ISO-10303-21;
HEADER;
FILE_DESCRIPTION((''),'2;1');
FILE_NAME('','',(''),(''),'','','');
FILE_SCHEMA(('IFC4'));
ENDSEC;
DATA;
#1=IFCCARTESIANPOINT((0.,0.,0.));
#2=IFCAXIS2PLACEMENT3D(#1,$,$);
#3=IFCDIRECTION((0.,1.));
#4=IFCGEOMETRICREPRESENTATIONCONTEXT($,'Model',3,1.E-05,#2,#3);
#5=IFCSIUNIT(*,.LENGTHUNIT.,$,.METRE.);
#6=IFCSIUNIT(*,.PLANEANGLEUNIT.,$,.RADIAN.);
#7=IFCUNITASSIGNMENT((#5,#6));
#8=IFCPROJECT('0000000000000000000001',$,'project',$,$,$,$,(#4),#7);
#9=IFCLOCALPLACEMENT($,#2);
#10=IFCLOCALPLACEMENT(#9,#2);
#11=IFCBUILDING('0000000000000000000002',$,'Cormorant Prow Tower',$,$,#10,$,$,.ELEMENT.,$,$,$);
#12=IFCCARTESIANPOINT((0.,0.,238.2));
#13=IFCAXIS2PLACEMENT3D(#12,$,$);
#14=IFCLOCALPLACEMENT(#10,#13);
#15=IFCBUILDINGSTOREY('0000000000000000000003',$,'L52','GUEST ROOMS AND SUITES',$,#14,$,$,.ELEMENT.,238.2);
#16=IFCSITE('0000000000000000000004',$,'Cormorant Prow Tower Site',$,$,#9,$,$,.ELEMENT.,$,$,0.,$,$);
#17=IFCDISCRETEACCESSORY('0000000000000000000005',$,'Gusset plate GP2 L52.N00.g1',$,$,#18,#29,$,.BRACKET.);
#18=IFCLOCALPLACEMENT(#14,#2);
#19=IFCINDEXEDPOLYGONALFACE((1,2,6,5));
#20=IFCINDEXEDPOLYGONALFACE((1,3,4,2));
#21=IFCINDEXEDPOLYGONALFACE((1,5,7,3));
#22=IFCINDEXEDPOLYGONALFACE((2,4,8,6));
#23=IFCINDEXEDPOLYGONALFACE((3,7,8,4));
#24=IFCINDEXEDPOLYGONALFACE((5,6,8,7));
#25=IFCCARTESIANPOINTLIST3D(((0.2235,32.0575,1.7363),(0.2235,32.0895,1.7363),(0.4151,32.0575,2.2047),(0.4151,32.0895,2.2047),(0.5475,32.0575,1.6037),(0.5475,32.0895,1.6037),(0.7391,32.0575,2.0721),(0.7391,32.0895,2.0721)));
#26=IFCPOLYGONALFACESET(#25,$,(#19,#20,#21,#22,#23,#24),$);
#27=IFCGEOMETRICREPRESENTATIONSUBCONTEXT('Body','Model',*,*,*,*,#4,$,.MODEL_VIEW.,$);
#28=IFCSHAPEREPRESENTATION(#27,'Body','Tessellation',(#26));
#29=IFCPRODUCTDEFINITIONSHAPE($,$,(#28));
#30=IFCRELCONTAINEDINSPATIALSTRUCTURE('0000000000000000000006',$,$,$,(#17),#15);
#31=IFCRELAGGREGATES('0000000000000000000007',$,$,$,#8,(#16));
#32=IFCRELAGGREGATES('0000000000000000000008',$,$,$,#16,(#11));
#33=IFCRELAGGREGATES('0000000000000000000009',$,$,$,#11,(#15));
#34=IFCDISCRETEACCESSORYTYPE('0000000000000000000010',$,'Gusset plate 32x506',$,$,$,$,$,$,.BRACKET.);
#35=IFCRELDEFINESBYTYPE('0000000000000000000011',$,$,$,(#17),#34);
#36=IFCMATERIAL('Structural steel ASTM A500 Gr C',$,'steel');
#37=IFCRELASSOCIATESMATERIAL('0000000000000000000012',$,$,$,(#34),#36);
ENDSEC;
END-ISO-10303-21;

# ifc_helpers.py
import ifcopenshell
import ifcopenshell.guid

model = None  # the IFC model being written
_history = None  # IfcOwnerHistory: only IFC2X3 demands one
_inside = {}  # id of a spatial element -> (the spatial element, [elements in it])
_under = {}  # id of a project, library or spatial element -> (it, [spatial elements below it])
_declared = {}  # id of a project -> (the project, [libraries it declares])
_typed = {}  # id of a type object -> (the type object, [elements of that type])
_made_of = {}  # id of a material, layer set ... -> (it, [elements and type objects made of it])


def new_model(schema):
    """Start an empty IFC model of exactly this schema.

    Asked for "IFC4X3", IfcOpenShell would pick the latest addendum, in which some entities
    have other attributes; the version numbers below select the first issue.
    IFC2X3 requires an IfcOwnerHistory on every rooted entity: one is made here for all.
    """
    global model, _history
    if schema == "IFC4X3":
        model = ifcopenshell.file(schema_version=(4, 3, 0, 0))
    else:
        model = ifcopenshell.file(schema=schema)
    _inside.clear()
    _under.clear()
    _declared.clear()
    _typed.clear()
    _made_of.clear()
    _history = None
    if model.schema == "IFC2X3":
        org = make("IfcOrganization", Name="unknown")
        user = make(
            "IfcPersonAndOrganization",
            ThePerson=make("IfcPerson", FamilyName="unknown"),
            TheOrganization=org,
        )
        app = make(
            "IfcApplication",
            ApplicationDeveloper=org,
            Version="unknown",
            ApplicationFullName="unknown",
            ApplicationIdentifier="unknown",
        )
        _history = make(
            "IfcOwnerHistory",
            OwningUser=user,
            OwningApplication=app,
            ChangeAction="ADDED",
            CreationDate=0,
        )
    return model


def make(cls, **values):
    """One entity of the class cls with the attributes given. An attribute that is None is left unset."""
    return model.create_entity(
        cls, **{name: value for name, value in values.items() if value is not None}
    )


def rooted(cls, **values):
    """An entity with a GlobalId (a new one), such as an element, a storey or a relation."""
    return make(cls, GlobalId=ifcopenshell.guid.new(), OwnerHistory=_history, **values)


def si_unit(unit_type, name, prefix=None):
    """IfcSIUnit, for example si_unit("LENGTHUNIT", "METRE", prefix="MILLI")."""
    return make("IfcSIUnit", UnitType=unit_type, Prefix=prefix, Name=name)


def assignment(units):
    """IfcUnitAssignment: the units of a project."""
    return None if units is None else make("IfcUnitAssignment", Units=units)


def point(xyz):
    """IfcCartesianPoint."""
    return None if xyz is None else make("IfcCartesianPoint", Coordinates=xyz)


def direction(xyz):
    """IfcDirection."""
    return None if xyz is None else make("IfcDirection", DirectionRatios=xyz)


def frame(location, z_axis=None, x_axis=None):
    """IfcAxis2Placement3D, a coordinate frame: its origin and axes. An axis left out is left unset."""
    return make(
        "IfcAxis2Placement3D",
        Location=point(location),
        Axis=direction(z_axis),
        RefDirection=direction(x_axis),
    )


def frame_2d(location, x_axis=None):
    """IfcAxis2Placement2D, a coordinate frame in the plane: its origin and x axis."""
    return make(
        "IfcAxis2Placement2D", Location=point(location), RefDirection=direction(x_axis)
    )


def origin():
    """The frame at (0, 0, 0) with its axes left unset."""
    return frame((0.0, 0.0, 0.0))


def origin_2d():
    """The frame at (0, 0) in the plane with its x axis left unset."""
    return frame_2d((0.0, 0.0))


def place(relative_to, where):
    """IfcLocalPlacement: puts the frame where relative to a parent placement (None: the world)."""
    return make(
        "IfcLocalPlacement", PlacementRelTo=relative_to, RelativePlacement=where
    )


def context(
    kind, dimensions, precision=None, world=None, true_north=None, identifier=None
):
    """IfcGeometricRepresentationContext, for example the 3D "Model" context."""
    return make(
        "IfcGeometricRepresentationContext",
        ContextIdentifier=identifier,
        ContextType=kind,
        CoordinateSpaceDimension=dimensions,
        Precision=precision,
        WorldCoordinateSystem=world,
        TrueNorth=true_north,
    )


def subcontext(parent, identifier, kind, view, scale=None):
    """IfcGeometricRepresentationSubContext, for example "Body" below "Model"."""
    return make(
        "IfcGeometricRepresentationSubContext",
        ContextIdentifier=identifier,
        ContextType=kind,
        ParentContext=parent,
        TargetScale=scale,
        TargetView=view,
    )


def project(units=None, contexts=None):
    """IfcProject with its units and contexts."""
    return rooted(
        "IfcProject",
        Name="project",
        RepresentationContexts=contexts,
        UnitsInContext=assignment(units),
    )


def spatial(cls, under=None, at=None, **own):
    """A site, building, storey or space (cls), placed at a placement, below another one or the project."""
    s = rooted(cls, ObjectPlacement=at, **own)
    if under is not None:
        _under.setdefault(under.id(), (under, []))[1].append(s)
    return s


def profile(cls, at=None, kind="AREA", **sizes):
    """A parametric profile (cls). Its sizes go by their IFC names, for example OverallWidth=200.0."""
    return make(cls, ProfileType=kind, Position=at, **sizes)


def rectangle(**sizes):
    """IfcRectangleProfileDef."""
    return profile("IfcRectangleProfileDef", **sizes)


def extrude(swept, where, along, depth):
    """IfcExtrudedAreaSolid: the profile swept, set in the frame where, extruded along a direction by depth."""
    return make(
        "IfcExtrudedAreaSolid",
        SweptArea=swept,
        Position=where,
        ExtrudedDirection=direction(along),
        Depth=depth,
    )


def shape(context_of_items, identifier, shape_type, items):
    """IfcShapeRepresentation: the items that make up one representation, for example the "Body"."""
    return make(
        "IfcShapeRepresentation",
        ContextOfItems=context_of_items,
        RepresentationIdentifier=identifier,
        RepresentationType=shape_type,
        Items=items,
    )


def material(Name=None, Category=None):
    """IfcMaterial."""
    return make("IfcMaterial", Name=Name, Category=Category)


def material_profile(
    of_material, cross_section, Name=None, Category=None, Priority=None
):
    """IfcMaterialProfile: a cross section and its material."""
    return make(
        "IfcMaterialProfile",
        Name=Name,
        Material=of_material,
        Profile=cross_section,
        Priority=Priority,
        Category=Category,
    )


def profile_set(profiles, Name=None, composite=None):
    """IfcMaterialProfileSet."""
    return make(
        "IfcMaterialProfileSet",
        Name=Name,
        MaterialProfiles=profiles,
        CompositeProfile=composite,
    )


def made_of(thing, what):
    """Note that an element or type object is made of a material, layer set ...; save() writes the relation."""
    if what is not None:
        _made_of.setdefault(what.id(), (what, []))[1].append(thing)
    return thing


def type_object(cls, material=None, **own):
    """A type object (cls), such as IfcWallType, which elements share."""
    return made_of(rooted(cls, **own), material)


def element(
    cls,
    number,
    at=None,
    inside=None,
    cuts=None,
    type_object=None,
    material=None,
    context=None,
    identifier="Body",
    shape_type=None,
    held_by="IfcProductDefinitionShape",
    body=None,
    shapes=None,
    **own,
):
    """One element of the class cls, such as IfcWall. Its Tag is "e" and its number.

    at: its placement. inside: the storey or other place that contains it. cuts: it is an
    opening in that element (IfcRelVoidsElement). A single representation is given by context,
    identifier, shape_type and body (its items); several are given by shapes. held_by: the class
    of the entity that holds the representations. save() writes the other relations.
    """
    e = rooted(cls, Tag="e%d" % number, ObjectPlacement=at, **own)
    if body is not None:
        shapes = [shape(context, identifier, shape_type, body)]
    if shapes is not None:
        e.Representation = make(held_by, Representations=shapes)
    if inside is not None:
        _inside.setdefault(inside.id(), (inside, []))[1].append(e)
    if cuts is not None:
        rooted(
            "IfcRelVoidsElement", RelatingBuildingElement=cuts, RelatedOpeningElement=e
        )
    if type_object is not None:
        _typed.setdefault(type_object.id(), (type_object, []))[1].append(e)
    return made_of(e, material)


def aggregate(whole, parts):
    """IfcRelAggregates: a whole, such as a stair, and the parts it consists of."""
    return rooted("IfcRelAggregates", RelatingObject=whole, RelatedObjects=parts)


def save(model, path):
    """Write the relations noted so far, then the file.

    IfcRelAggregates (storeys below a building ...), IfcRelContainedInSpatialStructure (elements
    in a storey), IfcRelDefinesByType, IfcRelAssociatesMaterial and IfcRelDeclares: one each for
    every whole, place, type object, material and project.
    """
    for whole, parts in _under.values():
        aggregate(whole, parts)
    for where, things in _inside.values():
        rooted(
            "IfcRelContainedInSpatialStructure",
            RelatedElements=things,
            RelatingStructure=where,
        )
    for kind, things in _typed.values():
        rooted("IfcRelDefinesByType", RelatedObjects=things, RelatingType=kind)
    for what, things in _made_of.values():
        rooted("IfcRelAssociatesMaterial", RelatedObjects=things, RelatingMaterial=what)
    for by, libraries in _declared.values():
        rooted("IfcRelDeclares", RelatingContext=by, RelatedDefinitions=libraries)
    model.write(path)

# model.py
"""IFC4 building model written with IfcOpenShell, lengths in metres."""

from ifc_helpers import new_model, si_unit, direction, frame, origin, origin_2d, place, context, subcontext, project, spatial, rectangle, extrude, material, material_profile, profile_set, type_object, element, save


model = new_model("IFC4")

# Units and contexts
model_context = context("Model", 3, precision=1e-05, world=origin(), true_north=direction((0.0, 1.0)))
body_context = subcontext(model_context, "Body", "Model", "MODEL_VIEW")
ifc_project = project(units=[si_unit("LENGTHUNIT", "METRE"), si_unit("PLANEANGLEUNIT", "RADIAN")], contexts=[model_context])

# Site, building, storey
site_placement = place(None, origin())
site = spatial("IfcSite", under=ifc_project, at=site_placement, Name="Cormorant Prow Tower Site", CompositionType="ELEMENT", RefElevation=0.0)
building_placement = place(site_placement, origin())
building = spatial("IfcBuilding", under=site, at=building_placement, Name="Cormorant Prow Tower", CompositionType="ELEMENT")
storey_placement = place(building_placement, frame((0.0, 0.0, 238.2)))
storey = spatial("IfcBuildingStorey", under=building, at=storey_placement, Name="L52", Description="GUEST ROOMS AND SUITES", CompositionType="ELEMENT", Elevation=238.2)

# Discrete accessory
ifc_material_1 = material(Name="Structural steel ASTM A500 Gr C", Category="steel")
ifc_material_profile_1 = material_profile(ifc_material_1, rectangle(XDim=0.032, YDim=0.5061, at=origin_2d()), Name="Gusset plate 32x506")
ifc_profile_set_1 = profile_set([ifc_material_profile_1], Name="Structural steel ASTM A500 Gr C")
discrete_accessory_type = type_object("IfcDiscreteAccessoryType", Name="Gusset plate 32x506", PredefinedType="BRACKET", material=ifc_profile_set_1)
discrete_accessory_1_placement = place(storey_placement, frame((0.6433, 32.0735, 1.8379), z_axis=(-0.925514, 0.0, 0.378714), x_axis=(0.0, -1.0, 0.0)))
element("IfcDiscreteAccessory", 1, at=discrete_accessory_1_placement, inside=storey, type_object=discrete_accessory_type, Name="Gusset plate GP2 L52.N00.g1", PredefinedType="BRACKET", context=body_context, shape_type="SweptSolid", body=[
    extrude(rectangle(XDim=0.032, YDim=0.5061, at=origin_2d()), origin(), (0.0, 0.0, 1.0), 0.3501),
])

save(model, "model.ifc")
